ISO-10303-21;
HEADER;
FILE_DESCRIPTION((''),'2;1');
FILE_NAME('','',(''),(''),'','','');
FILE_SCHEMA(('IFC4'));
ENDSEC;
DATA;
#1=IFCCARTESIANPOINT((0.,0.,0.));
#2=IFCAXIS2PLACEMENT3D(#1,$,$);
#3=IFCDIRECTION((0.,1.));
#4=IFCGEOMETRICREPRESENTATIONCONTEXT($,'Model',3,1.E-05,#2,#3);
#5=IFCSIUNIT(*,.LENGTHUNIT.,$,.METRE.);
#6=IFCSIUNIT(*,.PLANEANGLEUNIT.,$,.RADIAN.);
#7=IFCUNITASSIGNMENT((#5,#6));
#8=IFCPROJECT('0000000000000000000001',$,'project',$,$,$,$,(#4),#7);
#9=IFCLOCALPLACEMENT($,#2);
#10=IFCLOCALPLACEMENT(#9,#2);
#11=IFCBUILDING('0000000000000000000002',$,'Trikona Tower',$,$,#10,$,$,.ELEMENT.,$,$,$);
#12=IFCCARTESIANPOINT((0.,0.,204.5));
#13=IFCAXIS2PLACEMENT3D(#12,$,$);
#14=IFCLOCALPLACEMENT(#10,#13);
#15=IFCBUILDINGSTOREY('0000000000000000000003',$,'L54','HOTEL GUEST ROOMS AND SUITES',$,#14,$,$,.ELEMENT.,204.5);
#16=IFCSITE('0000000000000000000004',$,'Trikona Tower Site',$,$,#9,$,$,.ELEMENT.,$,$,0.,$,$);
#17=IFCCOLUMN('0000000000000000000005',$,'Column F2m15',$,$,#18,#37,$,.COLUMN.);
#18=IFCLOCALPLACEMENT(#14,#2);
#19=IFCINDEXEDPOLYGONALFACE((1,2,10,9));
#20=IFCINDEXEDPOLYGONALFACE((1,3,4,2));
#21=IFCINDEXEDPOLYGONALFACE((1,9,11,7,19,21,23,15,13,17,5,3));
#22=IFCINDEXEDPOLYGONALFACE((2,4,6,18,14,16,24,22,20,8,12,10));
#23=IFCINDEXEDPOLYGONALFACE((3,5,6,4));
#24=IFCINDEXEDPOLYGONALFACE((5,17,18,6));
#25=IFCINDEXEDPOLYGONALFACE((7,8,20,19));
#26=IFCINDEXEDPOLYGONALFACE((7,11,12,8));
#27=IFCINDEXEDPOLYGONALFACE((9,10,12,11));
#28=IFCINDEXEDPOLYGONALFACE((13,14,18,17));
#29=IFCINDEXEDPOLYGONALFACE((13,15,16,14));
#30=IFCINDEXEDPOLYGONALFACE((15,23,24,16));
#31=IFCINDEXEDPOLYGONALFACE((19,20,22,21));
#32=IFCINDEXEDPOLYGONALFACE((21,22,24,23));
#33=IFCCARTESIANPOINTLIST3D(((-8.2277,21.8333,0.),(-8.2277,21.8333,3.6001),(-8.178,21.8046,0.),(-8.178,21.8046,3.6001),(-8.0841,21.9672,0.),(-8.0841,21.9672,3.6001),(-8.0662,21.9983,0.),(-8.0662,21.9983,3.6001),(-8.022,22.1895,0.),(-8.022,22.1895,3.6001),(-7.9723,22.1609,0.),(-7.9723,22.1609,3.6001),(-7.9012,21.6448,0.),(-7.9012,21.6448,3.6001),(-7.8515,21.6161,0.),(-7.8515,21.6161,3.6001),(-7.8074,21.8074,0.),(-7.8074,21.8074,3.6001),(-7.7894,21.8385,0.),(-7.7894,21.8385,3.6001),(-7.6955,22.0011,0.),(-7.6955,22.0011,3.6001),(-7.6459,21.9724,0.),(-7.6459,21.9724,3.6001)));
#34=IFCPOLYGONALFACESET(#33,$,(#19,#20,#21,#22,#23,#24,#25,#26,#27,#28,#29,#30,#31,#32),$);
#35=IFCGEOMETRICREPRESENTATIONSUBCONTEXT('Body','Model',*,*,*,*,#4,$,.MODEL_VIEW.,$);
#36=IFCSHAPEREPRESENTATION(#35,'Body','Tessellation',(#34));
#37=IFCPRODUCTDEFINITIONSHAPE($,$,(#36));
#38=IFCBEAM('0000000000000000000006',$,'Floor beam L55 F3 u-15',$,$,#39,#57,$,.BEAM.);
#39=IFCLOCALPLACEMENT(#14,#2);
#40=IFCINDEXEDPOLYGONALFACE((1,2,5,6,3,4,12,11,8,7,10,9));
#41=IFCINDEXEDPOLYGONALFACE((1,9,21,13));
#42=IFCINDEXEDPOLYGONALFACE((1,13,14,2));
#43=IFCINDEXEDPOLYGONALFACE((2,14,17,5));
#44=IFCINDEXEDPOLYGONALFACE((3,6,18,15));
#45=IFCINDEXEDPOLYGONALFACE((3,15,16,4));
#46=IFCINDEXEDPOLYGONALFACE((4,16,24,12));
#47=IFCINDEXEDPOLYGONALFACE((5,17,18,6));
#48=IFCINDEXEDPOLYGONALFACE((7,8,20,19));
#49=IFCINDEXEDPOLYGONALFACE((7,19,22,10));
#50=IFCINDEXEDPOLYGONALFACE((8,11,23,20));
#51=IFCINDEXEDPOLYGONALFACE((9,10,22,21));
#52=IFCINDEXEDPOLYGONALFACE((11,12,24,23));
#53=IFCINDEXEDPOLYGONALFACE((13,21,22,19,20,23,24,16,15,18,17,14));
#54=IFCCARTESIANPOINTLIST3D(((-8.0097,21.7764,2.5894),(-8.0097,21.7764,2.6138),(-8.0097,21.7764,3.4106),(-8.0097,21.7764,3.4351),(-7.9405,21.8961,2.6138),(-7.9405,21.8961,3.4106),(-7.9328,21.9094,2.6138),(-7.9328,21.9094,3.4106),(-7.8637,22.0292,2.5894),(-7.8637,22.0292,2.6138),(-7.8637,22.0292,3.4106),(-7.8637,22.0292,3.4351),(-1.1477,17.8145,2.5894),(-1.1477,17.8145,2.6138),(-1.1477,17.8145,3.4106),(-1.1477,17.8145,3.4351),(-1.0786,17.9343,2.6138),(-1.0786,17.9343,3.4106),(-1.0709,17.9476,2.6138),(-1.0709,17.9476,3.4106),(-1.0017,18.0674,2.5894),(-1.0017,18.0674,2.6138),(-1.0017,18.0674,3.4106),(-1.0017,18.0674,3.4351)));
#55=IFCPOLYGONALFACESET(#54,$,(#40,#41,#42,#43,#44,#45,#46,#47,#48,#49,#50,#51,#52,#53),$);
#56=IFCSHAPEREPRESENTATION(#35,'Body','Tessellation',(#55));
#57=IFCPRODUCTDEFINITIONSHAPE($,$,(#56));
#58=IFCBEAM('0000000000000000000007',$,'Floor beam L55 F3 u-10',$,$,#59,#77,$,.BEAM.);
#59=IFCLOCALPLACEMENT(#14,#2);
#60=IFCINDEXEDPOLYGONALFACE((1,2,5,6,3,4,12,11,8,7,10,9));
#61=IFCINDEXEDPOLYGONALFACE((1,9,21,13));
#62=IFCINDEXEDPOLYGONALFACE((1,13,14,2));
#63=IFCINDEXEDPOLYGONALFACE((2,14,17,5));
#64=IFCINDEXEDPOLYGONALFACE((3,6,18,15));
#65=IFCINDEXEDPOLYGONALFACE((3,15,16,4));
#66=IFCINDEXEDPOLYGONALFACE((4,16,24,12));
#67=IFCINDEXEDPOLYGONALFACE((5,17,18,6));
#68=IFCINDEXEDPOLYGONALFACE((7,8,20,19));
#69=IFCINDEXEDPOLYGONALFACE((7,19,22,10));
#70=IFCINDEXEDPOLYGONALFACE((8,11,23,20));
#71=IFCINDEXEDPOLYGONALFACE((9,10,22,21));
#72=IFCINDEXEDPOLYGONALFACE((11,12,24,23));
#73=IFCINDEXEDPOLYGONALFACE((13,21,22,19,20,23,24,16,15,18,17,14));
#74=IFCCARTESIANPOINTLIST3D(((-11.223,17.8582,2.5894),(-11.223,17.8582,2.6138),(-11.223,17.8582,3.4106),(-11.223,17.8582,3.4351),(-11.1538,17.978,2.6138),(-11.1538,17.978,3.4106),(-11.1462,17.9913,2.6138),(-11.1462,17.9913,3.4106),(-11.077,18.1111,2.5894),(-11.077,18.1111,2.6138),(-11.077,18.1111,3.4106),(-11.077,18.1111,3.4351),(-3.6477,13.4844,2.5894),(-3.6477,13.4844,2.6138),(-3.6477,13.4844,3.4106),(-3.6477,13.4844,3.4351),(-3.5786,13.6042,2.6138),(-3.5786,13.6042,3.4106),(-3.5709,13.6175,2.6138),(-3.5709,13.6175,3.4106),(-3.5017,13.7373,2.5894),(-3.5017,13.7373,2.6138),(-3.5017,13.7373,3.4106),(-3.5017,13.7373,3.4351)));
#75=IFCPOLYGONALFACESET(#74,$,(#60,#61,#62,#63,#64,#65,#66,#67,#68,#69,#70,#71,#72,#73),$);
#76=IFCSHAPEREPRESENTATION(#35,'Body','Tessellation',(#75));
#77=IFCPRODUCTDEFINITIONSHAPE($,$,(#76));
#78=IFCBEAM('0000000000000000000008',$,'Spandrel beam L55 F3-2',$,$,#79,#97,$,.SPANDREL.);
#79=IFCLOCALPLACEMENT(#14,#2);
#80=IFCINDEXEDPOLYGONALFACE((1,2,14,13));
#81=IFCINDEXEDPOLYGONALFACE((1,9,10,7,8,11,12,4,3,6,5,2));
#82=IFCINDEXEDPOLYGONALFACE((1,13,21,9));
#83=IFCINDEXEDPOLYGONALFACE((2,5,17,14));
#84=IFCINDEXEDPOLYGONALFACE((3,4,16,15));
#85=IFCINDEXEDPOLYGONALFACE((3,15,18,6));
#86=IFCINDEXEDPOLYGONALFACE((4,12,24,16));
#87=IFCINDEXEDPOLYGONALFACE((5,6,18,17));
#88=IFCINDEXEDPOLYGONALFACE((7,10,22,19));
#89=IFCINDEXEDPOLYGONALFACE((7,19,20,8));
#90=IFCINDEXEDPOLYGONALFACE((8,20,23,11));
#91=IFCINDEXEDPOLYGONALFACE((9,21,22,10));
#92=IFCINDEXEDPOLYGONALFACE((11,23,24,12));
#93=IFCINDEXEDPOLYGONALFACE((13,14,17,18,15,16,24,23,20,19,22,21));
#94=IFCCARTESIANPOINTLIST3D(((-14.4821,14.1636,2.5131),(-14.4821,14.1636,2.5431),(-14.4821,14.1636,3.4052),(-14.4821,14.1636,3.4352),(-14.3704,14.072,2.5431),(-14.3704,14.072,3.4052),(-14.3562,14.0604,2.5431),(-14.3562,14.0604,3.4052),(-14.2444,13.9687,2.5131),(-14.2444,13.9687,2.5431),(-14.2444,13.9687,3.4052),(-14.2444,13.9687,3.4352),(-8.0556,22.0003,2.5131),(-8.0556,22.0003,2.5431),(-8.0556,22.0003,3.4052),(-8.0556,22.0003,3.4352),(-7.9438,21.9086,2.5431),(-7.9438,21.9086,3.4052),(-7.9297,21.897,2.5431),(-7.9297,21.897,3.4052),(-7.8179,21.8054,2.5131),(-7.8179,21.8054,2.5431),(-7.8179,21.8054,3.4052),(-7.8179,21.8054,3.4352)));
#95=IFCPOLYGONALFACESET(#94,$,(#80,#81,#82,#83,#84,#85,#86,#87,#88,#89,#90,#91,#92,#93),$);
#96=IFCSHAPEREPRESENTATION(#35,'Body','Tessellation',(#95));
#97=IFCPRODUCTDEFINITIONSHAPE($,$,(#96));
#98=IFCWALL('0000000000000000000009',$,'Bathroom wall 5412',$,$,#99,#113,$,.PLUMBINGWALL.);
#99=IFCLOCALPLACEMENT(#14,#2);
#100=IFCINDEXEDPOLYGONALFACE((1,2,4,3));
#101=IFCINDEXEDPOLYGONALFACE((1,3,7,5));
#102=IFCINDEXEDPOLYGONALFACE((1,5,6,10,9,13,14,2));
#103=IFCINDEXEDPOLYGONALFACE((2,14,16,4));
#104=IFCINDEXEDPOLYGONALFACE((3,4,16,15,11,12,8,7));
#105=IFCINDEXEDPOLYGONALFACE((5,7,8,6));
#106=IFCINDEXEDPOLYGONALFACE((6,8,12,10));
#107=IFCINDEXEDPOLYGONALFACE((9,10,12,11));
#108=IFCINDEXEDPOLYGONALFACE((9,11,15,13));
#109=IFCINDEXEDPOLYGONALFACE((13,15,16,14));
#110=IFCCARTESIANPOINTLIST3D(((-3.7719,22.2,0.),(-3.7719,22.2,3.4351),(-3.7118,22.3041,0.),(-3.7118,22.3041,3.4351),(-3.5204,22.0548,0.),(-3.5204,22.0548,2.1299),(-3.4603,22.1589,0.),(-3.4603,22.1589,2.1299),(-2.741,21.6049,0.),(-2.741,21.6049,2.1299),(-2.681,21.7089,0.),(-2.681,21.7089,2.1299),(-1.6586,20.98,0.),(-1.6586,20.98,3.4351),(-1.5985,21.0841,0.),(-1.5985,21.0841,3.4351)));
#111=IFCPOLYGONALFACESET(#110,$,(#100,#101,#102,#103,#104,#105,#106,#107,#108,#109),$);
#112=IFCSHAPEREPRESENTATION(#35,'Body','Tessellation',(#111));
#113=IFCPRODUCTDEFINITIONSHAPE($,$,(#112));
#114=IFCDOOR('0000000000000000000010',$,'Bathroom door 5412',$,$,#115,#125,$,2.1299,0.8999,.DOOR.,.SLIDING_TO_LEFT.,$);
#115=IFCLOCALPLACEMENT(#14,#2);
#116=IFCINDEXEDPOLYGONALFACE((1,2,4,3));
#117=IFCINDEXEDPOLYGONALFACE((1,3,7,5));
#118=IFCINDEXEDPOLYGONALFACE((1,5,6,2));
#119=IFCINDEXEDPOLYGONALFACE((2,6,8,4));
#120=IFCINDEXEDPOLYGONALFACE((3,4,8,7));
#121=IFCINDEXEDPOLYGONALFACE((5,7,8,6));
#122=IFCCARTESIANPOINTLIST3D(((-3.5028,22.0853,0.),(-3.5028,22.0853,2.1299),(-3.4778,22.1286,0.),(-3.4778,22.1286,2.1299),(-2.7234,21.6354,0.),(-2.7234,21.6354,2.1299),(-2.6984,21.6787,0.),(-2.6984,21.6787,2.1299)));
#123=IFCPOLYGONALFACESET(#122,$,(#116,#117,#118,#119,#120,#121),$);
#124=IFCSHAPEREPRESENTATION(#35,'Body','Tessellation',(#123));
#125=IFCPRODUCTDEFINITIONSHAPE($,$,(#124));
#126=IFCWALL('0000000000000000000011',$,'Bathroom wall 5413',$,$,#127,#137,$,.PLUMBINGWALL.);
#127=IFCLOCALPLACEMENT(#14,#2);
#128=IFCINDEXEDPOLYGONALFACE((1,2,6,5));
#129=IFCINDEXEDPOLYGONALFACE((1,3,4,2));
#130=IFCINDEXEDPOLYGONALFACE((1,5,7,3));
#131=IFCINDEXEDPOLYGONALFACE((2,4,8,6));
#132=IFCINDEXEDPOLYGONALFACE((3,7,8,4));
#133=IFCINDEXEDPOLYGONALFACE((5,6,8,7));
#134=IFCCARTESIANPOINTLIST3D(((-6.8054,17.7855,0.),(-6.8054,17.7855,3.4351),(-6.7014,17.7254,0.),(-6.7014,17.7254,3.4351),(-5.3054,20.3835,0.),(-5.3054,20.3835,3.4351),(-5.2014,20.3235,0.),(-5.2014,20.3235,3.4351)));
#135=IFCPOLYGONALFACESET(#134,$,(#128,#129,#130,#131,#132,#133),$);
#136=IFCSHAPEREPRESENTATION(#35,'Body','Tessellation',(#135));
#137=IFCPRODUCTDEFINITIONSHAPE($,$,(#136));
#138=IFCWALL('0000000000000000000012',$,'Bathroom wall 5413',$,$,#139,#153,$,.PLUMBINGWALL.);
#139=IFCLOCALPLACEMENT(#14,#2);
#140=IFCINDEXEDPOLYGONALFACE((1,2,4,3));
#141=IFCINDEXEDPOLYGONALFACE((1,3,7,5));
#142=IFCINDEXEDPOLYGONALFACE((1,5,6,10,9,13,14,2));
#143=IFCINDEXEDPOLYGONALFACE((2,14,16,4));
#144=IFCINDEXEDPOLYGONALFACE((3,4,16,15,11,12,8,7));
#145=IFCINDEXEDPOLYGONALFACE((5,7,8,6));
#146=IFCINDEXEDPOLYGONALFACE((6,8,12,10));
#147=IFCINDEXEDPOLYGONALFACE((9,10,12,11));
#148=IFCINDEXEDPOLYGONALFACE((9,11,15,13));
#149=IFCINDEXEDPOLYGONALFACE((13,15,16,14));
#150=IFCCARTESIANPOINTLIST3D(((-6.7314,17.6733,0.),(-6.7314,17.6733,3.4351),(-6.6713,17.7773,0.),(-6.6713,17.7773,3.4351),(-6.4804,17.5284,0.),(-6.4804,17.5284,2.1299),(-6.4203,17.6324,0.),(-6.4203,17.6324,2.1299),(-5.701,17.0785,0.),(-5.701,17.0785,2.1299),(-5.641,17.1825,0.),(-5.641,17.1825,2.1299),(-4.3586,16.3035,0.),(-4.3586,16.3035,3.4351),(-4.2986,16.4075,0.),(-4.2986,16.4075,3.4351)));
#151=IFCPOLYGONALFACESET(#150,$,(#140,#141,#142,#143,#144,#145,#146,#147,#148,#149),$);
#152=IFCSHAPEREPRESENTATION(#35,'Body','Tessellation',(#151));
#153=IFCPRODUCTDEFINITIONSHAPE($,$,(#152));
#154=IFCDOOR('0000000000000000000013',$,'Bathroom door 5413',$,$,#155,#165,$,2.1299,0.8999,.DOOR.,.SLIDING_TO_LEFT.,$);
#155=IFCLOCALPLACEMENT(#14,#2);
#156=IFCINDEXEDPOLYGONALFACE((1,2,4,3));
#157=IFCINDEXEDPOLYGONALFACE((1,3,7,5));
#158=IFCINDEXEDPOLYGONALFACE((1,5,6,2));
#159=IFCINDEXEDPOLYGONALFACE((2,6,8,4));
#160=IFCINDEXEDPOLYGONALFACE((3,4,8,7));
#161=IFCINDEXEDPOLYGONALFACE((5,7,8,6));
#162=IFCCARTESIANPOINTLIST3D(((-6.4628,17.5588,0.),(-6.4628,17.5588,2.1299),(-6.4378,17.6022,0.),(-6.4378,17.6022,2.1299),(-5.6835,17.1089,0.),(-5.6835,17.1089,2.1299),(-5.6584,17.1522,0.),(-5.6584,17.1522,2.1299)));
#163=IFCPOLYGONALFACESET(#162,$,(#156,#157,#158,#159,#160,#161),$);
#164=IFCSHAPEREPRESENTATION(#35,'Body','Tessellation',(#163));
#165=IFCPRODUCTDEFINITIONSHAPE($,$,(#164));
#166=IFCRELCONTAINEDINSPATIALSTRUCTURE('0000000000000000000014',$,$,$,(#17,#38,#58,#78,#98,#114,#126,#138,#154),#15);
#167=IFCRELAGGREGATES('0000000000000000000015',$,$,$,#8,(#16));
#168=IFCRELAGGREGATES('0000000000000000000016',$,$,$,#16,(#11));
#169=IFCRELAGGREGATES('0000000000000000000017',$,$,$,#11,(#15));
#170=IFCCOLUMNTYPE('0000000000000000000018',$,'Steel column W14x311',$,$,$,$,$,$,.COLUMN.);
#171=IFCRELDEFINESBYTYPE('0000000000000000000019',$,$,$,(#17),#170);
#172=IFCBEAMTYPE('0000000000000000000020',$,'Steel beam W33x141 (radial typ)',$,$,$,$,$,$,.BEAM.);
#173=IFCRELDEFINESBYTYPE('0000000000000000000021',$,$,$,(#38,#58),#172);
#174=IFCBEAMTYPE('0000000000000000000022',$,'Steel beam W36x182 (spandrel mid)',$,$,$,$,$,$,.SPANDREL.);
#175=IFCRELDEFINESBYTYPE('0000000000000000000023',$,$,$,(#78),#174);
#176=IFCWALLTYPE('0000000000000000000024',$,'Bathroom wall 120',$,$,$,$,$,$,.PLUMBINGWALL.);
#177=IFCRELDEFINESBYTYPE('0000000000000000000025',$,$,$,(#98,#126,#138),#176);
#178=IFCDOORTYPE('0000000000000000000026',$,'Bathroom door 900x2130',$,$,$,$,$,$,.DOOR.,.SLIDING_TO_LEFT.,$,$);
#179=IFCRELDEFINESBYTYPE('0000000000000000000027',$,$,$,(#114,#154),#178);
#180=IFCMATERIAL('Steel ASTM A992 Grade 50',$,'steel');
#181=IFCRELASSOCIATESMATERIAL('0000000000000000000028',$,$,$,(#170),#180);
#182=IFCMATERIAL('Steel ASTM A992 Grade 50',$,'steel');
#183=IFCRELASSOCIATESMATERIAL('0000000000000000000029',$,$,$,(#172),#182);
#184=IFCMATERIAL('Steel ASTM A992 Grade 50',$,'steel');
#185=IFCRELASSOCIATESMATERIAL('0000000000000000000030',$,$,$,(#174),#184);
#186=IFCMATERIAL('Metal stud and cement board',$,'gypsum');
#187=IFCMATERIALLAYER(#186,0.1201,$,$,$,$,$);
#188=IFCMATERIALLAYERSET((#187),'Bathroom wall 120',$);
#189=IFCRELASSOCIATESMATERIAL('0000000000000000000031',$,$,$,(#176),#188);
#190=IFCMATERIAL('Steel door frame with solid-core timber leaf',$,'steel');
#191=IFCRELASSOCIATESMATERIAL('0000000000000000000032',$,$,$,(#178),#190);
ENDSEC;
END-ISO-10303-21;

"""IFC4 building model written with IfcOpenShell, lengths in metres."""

from ifc_helpers import new_model, si_unit, direction, frame, frame_2d, origin, origin_2d, place, context, subcontext, project, spatial, rectangle, i_section, extrude, material, layer, layer_set, material_profile, profile_set, type_object, element, fill, save


model = new_model("IFC4")

# Units and contexts
model_context = context("Model", 3, precision=1e-05, world=origin(), true_north=direction((0.0, 1.0)))
body_context = subcontext(model_context, "Body", "Model", "MODEL_VIEW")
ifc_project = project(units=[si_unit("LENGTHUNIT", "METRE"), si_unit("PLANEANGLEUNIT", "RADIAN")], contexts=[model_context])

# Site, building, storey
site_placement = place(None, origin())
site = spatial("IfcSite", under=ifc_project, at=site_placement, Name="Trikona Tower Site", CompositionType="ELEMENT", RefElevation=0.0)
building_placement = place(site_placement, origin())
building = spatial("IfcBuilding", under=site, at=building_placement, Name="Trikona Tower", CompositionType="ELEMENT")
storey_placement = place(building_placement, frame((0.0, 0.0, 204.5)))
storey = spatial("IfcBuildingStorey", under=building, at=storey_placement, Name="L54", Description="HOTEL GUEST ROOMS AND SUITES", CompositionType="ELEMENT", Elevation=204.5)

# Column
ifc_material_1 = material(Name="Steel ASTM A992 Grade 50", Category="steel")
ifc_material_profile_1 = material_profile(ifc_material_1, i_section(OverallWidth=0.4114, OverallDepth=0.4343, WebThickness=0.0359, FlangeThickness=0.0574, at=origin_2d()), Name="W14X311")
ifc_profile_set_1 = profile_set([ifc_material_profile_1], Name="Steel ASTM A992 Grade 50")
column_type = type_object("IfcColumnType", Name="Steel column W14x311", PredefinedType="COLUMN", material=ifc_profile_set_1)
column_placement = place(storey_placement, frame((-7.9368, 21.9028, 0.0), z_axis=(0.0, 0.0, 1.0), x_axis=(-0.5, -0.866025, 0.0)))
element("IfcColumn", 1, at=column_placement, inside=storey, type_object=column_type, Name="Column F2m15", PredefinedType="COLUMN", context=body_context, shape_type="SweptSolid", body=[
    extrude(i_section(OverallWidth=0.4114, OverallDepth=0.4343, WebThickness=0.0359, FlangeThickness=0.0574, at=origin_2d()), origin(), (0.0, 0.0, 1.0), 3.6001),
])

# Beams
ifc_material_2 = material(Name="Steel ASTM A992 Grade 50", Category="steel")
ifc_material_profile_2 = material_profile(ifc_material_2, i_section(OverallWidth=0.292, OverallDepth=0.8457, WebThickness=0.0154, FlangeThickness=0.0244, at=origin_2d()), Name="W33X141")
ifc_profile_set_2 = profile_set([ifc_material_profile_2], Name="Steel ASTM A992 Grade 50")
beam_type_1 = type_object("IfcBeamType", Name="Steel beam W33x141 (radial typ)", PredefinedType="BEAM", material=ifc_profile_set_2)
beam_1_placement = place(storey_placement, frame((-1.0747, 17.9409, 3.0122), z_axis=(-0.86602, 0.50001, 0.0), x_axis=(-0.50001, -0.86602, 0.0)))
element("IfcBeam", 2, at=beam_1_placement, inside=storey, type_object=beam_type_1, Name="Floor beam L55 F3 u-15", PredefinedType="BEAM", context=body_context, shape_type="SweptSolid", body=[
    extrude(i_section(OverallWidth=0.292, OverallDepth=0.8457, WebThickness=0.0154, FlangeThickness=0.0244, at=origin_2d()), origin(), (0.0, 0.0, 1.0), 7.9236),
])
beam_2_placement = place(storey_placement, frame((-3.5747, 13.6108, 3.0122), z_axis=(-0.866014, 0.50002, 0.0), x_axis=(-0.50002, -0.866014, 0.0)))
element("IfcBeam", 3, at=beam_2_placement, inside=storey, type_object=beam_type_1, Name="Floor beam L55 F3 u-10", PredefinedType="BEAM", context=body_context, shape_type="SweptSolid", body=[
    extrude(i_section(OverallWidth=0.292, OverallDepth=0.8457, WebThickness=0.0154, FlangeThickness=0.0244, at=origin_2d()), origin(), (0.0, 0.0, 1.0), 8.7473),
])
ifc_material_3 = material(Name="Steel ASTM A992 Grade 50", Category="steel")
ifc_material_profile_3 = material_profile(ifc_material_3, i_section(OverallWidth=0.3074, OverallDepth=0.9221, WebThickness=0.0183, FlangeThickness=0.03, at=origin_2d()), Name="W36X182")
ifc_profile_set_3 = profile_set([ifc_material_profile_3], Name="Steel ASTM A992 Grade 50")
beam_type_2 = type_object("IfcBeamType", Name="Steel beam W36x182 (spandrel mid)", PredefinedType="SPANDREL", material=ifc_profile_set_3)
beam_3_placement = place(storey_placement, frame((-7.9368, 21.9028, 2.9741), z_axis=(-0.634106, -0.773246, 0.0), x_axis=(0.773246, -0.634106, 0.0)))
element("IfcBeam", 4, at=beam_3_placement, inside=storey, type_object=beam_type_2, Name="Spandrel beam L55 F3-2", PredefinedType="SPANDREL", context=body_context, shape_type="SweptSolid", body=[
    extrude(i_section(OverallWidth=0.3074, OverallDepth=0.9221, WebThickness=0.0183, FlangeThickness=0.03, at=origin_2d()), origin(), (0.0, 0.0, 1.0), 10.1348),
])

# Wall, opening, door
ifc_material_4 = material(Name="Metal stud and cement board", Category="gypsum")
ifc_layer_1 = layer(ifc_material_4, 0.1201)
ifc_layer_set_1 = layer_set([ifc_layer_1], Name="Bathroom wall 120")
wall_type_1 = type_object("IfcWallType", Name="Bathroom wall 120", PredefinedType="PLUMBINGWALL", material=ifc_layer_set_1)
wall_1_placement = place(storey_placement, frame((-1.6284, 21.032, 0.0), z_axis=(0.0, 0.0, 1.0), x_axis=(-0.866049, 0.499959, 0.0)))
wall_1 = element("IfcWall", 5, at=wall_1_placement, inside=storey, type_object=wall_type_1, Name="Bathroom wall 5412", PredefinedType="PLUMBINGWALL", context=body_context, shape_type="SweptSolid", body=[
    extrude(rectangle(XDim=2.4402, YDim=0.1201, at=frame_2d((1.2202, 0.0))), origin(), (0.0, 0.0, 1.0), 3.4351),
])
opening_1_placement = place(wall_1_placement, frame((1.25, 0.0, 0.0)))
opening_1 = element("IfcOpeningElement", 6, at=opening_1_placement, cuts=wall_1, PredefinedType="OPENING", context=body_context, shape_type="SweptSolid", body=[
    extrude(rectangle(XDim=0.8999, YDim=2.1299, at=frame_2d((0.45, 1.0649))), frame((0.0, 0.0701, 0.0), z_axis=(0.0, -1.0, 0.0), x_axis=(1.0, 0.0, 0.0)), (0.0, 0.0, 1.0), 0.1401),
])
ifc_material_5 = material(Name="Steel door frame with solid-core timber leaf", Category="steel")
door_type_1 = type_object("IfcDoorType", Name="Bathroom door 900x2130", OperationType="SLIDING_TO_LEFT", PredefinedType="DOOR", material=ifc_material_5)
door_1_placement = place(opening_1_placement, origin())
door_1 = element("IfcDoor", 7, at=door_1_placement, inside=storey, type_object=door_type_1, Name="Bathroom door 5412", OperationType="SLIDING_TO_LEFT", OverallHeight=2.1299, OverallWidth=0.8999, PredefinedType="DOOR", context=body_context, shape_type="SweptSolid", body=[
    extrude(rectangle(XDim=0.8999, YDim=2.1299, at=frame_2d((0.45, 1.0649))), frame((0.0, 0.0249, 0.0), z_axis=(0.0, -1.0, 0.0), x_axis=(1.0, 0.0, 0.0)), (0.0, 0.0, 1.0), 0.05),
])
fill(opening_1, door_1)

# Wall
wall_2_placement = place(storey_placement, frame((-5.2534, 20.3535, 0.0), z_axis=(0.0, 0.0, 1.0), x_axis=(-0.49999, -0.866031, 0.0)))
element("IfcWall", 8, at=wall_2_placement, inside=storey, type_object=wall_type_1, Name="Bathroom wall 5413", PredefinedType="PLUMBINGWALL", context=body_context, shape_type="SweptSolid", body=[
    extrude(rectangle(XDim=3.0, YDim=0.1201, at=frame_2d((1.5, 0.0))), origin(), (0.0, 0.0, 1.0), 3.4351),
])

# Wall, opening, door
wall_3_placement = place(storey_placement, frame((-4.3286, 16.3555, 0.0), z_axis=(0.0, 0.0, 1.0), x_axis=(-0.866036, 0.499982, 0.0)))
wall_3 = element("IfcWall", 9, at=wall_3_placement, inside=storey, type_object=wall_type_1, Name="Bathroom wall 5413", PredefinedType="PLUMBINGWALL", context=body_context, shape_type="SweptSolid", body=[
    extrude(rectangle(XDim=2.7397, YDim=0.1201, at=frame_2d((1.3699, 0.0))), origin(), (0.0, 0.0, 1.0), 3.4351),
])
opening_2_placement = place(wall_3_placement, frame((1.55, 0.0, 0.0)))
opening_2 = element("IfcOpeningElement", 10, at=opening_2_placement, cuts=wall_3, PredefinedType="OPENING", context=body_context, shape_type="SweptSolid", body=[
    extrude(rectangle(XDim=0.8999, YDim=2.1299, at=frame_2d((0.45, 1.0649))), frame((0.0, 0.0701, 0.0), z_axis=(0.0, -1.0, 0.0), x_axis=(1.0, 0.0, 0.0)), (0.0, 0.0, 1.0), 0.1401),
])
door_2_placement = place(opening_2_placement, origin())
door_2 = element("IfcDoor", 11, at=door_2_placement, inside=storey, type_object=door_type_1, Name="Bathroom door 5413", OperationType="SLIDING_TO_LEFT", OverallHeight=2.1299, OverallWidth=0.8999, PredefinedType="DOOR", context=body_context, shape_type="SweptSolid", body=[
    extrude(rectangle(XDim=0.8999, YDim=2.1299, at=frame_2d((0.45, 1.0649))), frame((0.0, 0.0249, 0.0), z_axis=(0.0, -1.0, 0.0), x_axis=(1.0, 0.0, 0.0)), (0.0, 0.0, 1.0), 0.05),
])
fill(opening_2, door_2)

save(model, "model.ifc")
